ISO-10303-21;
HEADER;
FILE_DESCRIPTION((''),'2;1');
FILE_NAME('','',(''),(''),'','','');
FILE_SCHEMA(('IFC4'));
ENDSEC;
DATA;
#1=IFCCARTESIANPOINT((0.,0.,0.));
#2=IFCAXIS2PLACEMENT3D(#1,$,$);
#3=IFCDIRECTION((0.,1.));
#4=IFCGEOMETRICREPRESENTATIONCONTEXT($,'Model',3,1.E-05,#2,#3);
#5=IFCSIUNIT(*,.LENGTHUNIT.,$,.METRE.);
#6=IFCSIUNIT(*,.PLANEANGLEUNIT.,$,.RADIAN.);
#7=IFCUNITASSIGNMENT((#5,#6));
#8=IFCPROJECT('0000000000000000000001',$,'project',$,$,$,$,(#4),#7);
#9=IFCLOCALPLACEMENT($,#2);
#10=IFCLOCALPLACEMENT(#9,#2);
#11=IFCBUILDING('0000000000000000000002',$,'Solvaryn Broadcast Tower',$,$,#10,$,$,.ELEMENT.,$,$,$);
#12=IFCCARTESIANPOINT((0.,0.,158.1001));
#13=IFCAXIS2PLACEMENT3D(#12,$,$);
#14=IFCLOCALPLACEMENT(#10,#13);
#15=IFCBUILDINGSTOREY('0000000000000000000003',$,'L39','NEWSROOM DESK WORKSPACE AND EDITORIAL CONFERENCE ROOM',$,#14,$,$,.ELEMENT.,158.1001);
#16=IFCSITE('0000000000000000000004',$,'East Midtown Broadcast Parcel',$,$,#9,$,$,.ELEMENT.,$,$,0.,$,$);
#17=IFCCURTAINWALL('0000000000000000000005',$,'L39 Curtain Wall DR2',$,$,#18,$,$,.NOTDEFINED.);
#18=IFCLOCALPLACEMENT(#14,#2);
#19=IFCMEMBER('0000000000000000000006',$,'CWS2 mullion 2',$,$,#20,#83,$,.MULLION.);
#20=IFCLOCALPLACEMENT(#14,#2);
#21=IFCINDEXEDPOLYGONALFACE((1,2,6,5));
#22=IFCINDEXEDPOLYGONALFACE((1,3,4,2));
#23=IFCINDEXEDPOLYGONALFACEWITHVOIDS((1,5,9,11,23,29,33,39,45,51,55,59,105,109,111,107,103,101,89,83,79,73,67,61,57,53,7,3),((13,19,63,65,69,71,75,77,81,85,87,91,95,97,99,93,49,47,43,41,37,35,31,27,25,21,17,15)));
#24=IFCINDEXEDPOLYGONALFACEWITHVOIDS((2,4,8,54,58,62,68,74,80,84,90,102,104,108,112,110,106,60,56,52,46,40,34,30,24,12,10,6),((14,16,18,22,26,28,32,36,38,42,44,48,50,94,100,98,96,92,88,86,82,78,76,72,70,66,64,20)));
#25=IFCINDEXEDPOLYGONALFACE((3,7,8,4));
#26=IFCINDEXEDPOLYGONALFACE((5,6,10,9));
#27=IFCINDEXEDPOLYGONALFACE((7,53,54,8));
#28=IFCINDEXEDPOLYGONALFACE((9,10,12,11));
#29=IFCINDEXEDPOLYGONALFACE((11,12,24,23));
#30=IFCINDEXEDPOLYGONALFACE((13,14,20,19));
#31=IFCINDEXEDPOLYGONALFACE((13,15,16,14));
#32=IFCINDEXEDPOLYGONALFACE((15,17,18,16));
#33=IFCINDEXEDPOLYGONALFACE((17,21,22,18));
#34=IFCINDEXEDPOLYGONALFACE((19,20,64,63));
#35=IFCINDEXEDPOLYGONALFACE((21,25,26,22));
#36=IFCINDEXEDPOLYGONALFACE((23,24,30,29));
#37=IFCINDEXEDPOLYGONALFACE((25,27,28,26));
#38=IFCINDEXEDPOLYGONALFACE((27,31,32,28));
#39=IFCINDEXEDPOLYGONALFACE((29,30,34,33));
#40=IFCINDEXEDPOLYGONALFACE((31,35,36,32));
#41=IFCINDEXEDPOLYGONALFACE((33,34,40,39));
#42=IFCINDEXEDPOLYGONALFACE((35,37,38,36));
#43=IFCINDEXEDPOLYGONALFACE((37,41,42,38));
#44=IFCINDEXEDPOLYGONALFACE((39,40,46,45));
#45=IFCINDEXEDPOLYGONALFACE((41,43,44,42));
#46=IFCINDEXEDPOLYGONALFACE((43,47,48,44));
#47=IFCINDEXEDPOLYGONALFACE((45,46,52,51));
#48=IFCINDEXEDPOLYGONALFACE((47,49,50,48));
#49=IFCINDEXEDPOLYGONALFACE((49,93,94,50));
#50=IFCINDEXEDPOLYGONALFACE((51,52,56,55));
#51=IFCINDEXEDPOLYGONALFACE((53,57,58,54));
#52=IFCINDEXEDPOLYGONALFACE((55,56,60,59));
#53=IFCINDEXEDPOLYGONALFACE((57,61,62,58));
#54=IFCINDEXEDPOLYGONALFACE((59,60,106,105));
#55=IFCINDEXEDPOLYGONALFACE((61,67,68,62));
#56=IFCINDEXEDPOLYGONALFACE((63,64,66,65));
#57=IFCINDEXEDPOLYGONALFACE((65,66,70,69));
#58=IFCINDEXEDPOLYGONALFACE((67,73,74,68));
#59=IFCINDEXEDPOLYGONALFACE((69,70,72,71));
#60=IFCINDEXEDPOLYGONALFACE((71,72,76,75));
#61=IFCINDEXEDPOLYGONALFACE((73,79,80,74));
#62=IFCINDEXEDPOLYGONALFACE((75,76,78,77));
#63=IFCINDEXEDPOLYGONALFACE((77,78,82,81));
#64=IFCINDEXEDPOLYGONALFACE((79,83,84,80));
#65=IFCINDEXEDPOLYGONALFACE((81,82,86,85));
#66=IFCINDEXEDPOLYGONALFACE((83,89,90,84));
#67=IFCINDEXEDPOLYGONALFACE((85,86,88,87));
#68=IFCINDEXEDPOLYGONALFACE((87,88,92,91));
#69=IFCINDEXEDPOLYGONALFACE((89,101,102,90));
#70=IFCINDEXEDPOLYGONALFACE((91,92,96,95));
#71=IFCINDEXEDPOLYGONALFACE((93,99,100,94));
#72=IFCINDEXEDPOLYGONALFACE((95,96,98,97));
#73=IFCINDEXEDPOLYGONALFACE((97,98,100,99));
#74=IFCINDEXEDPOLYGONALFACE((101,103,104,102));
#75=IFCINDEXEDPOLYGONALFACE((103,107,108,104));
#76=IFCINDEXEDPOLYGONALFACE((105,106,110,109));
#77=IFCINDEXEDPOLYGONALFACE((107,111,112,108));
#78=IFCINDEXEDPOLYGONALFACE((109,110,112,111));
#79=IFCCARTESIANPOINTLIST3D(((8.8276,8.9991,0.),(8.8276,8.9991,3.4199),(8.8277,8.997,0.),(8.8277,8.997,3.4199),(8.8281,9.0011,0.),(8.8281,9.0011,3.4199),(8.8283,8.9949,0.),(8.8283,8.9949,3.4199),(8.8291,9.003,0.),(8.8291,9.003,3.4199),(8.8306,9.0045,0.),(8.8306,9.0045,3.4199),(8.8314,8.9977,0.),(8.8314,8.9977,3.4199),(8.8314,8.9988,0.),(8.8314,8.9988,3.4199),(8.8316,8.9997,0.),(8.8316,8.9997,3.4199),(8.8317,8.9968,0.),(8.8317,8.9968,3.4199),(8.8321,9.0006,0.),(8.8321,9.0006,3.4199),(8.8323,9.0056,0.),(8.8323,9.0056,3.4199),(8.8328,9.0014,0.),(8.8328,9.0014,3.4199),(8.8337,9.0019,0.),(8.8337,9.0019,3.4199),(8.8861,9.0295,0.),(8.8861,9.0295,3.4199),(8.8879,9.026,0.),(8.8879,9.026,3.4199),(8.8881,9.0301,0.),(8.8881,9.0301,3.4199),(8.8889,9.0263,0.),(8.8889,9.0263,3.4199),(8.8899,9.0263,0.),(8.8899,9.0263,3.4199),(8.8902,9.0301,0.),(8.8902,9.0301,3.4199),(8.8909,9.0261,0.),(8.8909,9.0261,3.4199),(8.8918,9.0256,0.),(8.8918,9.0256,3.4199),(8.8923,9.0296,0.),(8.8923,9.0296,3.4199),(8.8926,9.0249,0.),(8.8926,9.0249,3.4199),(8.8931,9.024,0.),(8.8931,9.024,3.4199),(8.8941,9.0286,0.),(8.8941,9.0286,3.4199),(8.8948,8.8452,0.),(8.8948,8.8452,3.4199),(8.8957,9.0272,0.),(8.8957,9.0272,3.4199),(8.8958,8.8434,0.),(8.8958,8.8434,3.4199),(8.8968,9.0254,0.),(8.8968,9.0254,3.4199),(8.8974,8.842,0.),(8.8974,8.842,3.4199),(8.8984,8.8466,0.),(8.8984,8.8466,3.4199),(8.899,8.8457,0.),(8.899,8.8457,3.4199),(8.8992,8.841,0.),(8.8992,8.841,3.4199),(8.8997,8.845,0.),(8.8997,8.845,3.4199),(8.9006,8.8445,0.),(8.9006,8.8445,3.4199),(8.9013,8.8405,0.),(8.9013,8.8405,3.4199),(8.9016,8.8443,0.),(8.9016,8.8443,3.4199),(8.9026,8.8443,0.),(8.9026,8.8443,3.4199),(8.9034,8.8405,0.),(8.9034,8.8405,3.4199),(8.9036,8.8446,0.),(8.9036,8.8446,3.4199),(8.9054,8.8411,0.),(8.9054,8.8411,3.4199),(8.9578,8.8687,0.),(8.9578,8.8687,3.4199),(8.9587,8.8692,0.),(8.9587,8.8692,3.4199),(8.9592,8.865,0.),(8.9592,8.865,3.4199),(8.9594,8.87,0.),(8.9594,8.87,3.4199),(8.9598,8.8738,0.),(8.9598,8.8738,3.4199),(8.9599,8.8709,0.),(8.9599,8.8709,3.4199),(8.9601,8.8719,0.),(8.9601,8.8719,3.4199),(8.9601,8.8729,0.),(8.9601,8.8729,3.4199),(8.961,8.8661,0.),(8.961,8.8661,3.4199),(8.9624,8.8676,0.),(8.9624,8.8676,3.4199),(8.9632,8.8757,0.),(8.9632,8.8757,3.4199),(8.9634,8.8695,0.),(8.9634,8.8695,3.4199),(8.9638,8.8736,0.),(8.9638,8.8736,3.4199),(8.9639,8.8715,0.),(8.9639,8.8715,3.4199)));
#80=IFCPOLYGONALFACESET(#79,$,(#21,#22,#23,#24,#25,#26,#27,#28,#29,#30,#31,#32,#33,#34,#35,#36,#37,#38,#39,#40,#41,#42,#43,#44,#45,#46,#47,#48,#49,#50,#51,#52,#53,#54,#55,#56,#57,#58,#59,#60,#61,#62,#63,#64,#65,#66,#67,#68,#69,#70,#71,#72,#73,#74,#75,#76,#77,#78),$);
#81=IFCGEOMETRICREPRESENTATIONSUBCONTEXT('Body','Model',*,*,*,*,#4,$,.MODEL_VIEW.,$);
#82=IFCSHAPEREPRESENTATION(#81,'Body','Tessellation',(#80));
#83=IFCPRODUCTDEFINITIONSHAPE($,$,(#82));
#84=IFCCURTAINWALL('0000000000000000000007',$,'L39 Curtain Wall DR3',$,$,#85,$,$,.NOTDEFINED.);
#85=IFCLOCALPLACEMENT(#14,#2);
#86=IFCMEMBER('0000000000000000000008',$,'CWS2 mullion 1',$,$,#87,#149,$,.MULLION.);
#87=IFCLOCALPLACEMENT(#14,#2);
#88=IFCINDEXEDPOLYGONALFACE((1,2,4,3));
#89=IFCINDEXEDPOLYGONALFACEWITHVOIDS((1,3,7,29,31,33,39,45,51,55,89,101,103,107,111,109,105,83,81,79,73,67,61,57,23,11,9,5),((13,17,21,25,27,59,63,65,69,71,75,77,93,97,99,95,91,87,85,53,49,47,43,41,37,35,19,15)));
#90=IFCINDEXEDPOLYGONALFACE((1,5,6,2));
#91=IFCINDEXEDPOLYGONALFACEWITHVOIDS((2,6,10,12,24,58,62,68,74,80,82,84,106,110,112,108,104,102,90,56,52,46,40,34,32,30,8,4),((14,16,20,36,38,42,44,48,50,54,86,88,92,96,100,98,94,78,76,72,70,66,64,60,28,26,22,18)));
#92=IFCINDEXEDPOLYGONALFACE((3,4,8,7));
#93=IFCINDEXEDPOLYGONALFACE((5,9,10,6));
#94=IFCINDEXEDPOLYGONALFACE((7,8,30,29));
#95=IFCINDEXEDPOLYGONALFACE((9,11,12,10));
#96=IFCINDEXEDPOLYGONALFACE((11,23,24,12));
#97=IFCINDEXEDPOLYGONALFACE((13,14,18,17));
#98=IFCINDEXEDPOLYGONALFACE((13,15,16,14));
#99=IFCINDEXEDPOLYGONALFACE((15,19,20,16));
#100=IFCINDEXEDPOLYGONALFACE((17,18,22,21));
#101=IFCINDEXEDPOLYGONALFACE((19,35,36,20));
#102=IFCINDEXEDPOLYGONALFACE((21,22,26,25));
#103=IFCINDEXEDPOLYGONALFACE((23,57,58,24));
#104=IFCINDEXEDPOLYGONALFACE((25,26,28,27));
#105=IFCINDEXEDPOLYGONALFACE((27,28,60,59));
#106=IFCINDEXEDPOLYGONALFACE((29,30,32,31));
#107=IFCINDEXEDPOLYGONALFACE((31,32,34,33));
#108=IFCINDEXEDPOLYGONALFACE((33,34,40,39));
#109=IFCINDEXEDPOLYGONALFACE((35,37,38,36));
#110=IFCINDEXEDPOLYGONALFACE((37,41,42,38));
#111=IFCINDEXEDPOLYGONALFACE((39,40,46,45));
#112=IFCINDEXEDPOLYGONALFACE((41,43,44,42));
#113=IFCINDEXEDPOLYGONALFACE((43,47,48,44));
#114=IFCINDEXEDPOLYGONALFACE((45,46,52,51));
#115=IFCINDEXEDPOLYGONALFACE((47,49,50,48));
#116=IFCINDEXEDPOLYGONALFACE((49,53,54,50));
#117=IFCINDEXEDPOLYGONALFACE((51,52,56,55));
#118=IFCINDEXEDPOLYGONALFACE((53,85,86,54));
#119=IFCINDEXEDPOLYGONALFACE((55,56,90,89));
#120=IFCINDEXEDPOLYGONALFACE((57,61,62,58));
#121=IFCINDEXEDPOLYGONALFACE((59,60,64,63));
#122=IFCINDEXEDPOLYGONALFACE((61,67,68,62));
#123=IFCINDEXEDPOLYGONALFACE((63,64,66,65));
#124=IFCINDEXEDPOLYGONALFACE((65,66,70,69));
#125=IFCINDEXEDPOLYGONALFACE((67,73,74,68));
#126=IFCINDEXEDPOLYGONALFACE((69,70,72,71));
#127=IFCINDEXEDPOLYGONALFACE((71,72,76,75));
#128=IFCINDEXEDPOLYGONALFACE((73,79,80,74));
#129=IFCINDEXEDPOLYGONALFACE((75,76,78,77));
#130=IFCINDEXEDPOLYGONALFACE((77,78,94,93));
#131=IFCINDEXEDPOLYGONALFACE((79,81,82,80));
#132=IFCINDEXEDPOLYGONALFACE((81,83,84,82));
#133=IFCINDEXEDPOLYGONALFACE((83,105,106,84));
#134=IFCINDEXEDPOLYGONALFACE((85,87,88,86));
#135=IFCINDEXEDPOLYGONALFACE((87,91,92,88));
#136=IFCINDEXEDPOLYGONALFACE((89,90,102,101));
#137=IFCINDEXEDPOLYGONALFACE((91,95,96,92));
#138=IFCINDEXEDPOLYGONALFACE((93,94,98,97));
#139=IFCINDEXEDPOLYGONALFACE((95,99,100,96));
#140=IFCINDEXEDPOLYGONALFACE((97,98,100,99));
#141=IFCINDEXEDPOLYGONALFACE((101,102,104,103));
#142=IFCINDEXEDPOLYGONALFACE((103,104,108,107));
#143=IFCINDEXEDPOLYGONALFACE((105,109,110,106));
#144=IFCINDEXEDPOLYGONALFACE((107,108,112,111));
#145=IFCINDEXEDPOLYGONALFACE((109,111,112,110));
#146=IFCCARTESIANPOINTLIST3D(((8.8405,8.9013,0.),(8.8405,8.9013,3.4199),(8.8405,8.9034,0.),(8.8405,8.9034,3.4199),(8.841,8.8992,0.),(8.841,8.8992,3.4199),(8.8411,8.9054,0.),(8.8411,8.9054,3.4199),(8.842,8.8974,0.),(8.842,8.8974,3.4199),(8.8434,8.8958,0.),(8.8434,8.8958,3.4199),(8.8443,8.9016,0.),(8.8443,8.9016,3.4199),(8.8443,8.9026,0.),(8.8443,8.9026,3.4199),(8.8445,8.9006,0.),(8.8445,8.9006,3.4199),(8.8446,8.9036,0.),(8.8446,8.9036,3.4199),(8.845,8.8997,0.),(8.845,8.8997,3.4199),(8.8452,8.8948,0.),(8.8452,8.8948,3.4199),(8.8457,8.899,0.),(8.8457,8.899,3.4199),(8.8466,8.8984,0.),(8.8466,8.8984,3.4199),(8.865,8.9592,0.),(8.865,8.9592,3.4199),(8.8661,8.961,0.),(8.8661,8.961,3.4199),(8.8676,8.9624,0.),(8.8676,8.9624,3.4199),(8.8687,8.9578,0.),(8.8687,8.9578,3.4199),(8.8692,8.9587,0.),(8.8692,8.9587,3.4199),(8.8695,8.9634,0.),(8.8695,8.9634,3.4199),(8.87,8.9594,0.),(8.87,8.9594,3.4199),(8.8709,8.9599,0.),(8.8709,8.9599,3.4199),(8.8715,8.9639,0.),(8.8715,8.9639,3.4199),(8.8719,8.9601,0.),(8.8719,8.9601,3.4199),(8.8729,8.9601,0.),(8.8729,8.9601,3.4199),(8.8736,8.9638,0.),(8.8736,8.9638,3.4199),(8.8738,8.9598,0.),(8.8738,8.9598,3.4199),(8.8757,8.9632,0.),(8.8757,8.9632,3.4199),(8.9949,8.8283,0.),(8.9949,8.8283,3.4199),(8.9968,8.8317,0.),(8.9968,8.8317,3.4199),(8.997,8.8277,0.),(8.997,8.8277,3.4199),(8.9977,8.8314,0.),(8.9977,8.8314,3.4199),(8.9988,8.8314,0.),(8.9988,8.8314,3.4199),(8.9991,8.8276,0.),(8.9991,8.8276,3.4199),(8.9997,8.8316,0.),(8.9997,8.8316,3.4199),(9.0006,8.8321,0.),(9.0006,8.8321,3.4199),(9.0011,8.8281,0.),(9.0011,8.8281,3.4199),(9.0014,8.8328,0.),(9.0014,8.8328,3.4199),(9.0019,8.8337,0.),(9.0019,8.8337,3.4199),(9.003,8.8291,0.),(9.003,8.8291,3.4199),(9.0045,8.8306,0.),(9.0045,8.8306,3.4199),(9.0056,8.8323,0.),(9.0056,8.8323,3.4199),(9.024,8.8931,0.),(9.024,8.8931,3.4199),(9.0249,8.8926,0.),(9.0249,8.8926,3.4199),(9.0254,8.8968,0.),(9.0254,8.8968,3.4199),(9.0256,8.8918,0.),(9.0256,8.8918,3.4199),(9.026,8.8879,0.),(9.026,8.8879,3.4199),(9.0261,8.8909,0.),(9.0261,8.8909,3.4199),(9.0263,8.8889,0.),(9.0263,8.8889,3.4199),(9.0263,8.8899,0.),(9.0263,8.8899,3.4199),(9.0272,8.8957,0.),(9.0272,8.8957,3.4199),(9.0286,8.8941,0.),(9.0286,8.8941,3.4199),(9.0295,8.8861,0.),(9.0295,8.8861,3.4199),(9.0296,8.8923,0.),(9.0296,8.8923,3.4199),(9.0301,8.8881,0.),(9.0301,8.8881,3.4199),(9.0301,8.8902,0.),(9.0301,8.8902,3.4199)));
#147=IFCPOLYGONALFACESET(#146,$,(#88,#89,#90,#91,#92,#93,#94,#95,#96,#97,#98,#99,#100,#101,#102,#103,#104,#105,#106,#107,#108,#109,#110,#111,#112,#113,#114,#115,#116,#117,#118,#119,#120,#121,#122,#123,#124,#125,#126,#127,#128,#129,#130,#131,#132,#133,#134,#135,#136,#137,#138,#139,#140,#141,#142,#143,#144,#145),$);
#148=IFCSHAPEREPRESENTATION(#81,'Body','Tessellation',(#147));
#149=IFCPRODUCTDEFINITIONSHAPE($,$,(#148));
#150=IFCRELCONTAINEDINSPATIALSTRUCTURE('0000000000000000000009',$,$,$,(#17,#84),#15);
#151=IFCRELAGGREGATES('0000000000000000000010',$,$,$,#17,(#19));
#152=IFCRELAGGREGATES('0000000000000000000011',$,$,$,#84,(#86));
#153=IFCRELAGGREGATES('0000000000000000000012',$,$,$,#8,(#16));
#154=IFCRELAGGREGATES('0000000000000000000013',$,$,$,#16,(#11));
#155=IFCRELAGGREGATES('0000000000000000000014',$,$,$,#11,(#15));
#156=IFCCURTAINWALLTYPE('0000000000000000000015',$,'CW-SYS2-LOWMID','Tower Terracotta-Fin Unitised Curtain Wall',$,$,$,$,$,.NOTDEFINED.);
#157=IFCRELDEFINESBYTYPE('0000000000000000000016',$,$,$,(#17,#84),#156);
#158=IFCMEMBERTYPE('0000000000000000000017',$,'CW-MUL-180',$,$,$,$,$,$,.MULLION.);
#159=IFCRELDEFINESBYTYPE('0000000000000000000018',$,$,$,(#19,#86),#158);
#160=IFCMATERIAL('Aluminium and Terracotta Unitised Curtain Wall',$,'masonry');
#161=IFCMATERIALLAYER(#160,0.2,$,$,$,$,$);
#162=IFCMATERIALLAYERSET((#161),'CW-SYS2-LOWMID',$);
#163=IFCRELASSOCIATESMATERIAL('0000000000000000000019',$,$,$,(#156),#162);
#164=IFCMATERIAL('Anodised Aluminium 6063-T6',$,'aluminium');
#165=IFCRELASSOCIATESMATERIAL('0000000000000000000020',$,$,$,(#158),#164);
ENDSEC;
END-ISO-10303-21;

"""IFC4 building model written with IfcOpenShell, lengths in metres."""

from ifc_helpers import new_model, si_unit, direction, frame, origin, origin_2d, place, context, subcontext, project, spatial, hollow_rectangle, extrude, material, layer, layer_set, material_profile, profile_set, type_object, element, aggregate, save


model = new_model("IFC4")

# Units and contexts
model_context = context("Model", 3, precision=1e-05, world=origin(), true_north=direction((0.0, 1.0)))
body_context = subcontext(model_context, "Body", "Model", "MODEL_VIEW")
ifc_project = project(units=[si_unit("LENGTHUNIT", "METRE"), si_unit("PLANEANGLEUNIT", "RADIAN")], contexts=[model_context])

# Site, building, storey
site_placement = place(None, origin())
site = spatial("IfcSite", under=ifc_project, at=site_placement, Name="East Midtown Broadcast Parcel", CompositionType="ELEMENT", RefElevation=0.0)
building_placement = place(site_placement, origin())
building = spatial("IfcBuilding", under=site, at=building_placement, Name="Solvaryn Broadcast Tower", CompositionType="ELEMENT")
storey_placement = place(building_placement, frame((0.0, 0.0, 158.1001)))
storey = spatial("IfcBuildingStorey", under=building, at=storey_placement, Name="L39", Description="NEWSROOM DESK WORKSPACE AND EDITORIAL CONFERENCE ROOM", CompositionType="ELEMENT", Elevation=158.1001)

# Curtain wall, member
ifc_material_1 = material(Name="Aluminium and Terracotta Unitised Curtain Wall", Category="masonry")
ifc_layer_1 = layer(ifc_material_1, 0.2)
ifc_layer_set_1 = layer_set([ifc_layer_1], Name="CW-SYS2-LOWMID")
curtain_wall_type = type_object("IfcCurtainWallType", Name="CW-SYS2-LOWMID", Description="Tower Terracotta-Fin Unitised Curtain Wall", PredefinedType="NOTDEFINED", material=ifc_layer_set_1)
curtain_wall_1_placement = place(storey_placement, origin())
curtain_wall_1 = element("IfcCurtainWall", 1, at=curtain_wall_1_placement, inside=storey, type_object=curtain_wall_type, Name="L39 Curtain Wall DR2", PredefinedType="NOTDEFINED")
ifc_material_2 = material(Name="Anodised Aluminium 6063-T6", Category="aluminium")
ifc_material_profile_1 = material_profile(ifc_material_2, hollow_rectangle(XDim=0.075, YDim=0.1799, WallThickness=0.0039, InnerFilletRadius=0.0039, OuterFilletRadius=0.0081, at=origin_2d()))
ifc_profile_set_1 = profile_set([ifc_material_profile_1], Name="Anodised Aluminium 6063-T6")
member_type_1 = type_object("IfcMemberType", Name="CW-MUL-180", PredefinedType="MULLION", material=ifc_profile_set_1)
member_1_placement = place(storey_placement, frame((8.8958, 8.9353, 0.0), z_axis=(0.0, 0.0, 1.0), x_axis=(0.913909, 0.405918, 0.0)))
member_1 = element("IfcMember", 2, at=member_1_placement, type_object=member_type_1, Name="CWS2 mullion 2", PredefinedType="MULLION", context=body_context, shape_type="SweptSolid", body=[
    extrude(hollow_rectangle(XDim=0.075, YDim=0.1799, WallThickness=0.0039, InnerFilletRadius=0.0039, OuterFilletRadius=0.0081, at=origin_2d()), origin(), (0.0, 0.0, 1.0), 3.4199),
])
aggregate(curtain_wall_1, [member_1])

# Curtain wall, member
curtain_wall_2_placement = place(storey_placement, origin())
curtain_wall_2 = element("IfcCurtainWall", 3, at=curtain_wall_2_placement, inside=storey, type_object=curtain_wall_type, Name="L39 Curtain Wall DR3", PredefinedType="NOTDEFINED")
member_2_placement = place(storey_placement, frame((8.9353, 8.8958, 0.0), z_axis=(0.0, 0.0, 1.0), x_axis=(0.405918, 0.913909, 0.0)))
member_2 = element("IfcMember", 4, at=member_2_placement, type_object=member_type_1, Name="CWS2 mullion 1", PredefinedType="MULLION", context=body_context, shape_type="SweptSolid", body=[
    extrude(hollow_rectangle(XDim=0.075, YDim=0.1799, WallThickness=0.0039, InnerFilletRadius=0.0039, OuterFilletRadius=0.0081, at=origin_2d()), origin(), (0.0, 0.0, 1.0), 3.4199),
])
aggregate(curtain_wall_2, [member_2])

save(model, "model.ifc")
